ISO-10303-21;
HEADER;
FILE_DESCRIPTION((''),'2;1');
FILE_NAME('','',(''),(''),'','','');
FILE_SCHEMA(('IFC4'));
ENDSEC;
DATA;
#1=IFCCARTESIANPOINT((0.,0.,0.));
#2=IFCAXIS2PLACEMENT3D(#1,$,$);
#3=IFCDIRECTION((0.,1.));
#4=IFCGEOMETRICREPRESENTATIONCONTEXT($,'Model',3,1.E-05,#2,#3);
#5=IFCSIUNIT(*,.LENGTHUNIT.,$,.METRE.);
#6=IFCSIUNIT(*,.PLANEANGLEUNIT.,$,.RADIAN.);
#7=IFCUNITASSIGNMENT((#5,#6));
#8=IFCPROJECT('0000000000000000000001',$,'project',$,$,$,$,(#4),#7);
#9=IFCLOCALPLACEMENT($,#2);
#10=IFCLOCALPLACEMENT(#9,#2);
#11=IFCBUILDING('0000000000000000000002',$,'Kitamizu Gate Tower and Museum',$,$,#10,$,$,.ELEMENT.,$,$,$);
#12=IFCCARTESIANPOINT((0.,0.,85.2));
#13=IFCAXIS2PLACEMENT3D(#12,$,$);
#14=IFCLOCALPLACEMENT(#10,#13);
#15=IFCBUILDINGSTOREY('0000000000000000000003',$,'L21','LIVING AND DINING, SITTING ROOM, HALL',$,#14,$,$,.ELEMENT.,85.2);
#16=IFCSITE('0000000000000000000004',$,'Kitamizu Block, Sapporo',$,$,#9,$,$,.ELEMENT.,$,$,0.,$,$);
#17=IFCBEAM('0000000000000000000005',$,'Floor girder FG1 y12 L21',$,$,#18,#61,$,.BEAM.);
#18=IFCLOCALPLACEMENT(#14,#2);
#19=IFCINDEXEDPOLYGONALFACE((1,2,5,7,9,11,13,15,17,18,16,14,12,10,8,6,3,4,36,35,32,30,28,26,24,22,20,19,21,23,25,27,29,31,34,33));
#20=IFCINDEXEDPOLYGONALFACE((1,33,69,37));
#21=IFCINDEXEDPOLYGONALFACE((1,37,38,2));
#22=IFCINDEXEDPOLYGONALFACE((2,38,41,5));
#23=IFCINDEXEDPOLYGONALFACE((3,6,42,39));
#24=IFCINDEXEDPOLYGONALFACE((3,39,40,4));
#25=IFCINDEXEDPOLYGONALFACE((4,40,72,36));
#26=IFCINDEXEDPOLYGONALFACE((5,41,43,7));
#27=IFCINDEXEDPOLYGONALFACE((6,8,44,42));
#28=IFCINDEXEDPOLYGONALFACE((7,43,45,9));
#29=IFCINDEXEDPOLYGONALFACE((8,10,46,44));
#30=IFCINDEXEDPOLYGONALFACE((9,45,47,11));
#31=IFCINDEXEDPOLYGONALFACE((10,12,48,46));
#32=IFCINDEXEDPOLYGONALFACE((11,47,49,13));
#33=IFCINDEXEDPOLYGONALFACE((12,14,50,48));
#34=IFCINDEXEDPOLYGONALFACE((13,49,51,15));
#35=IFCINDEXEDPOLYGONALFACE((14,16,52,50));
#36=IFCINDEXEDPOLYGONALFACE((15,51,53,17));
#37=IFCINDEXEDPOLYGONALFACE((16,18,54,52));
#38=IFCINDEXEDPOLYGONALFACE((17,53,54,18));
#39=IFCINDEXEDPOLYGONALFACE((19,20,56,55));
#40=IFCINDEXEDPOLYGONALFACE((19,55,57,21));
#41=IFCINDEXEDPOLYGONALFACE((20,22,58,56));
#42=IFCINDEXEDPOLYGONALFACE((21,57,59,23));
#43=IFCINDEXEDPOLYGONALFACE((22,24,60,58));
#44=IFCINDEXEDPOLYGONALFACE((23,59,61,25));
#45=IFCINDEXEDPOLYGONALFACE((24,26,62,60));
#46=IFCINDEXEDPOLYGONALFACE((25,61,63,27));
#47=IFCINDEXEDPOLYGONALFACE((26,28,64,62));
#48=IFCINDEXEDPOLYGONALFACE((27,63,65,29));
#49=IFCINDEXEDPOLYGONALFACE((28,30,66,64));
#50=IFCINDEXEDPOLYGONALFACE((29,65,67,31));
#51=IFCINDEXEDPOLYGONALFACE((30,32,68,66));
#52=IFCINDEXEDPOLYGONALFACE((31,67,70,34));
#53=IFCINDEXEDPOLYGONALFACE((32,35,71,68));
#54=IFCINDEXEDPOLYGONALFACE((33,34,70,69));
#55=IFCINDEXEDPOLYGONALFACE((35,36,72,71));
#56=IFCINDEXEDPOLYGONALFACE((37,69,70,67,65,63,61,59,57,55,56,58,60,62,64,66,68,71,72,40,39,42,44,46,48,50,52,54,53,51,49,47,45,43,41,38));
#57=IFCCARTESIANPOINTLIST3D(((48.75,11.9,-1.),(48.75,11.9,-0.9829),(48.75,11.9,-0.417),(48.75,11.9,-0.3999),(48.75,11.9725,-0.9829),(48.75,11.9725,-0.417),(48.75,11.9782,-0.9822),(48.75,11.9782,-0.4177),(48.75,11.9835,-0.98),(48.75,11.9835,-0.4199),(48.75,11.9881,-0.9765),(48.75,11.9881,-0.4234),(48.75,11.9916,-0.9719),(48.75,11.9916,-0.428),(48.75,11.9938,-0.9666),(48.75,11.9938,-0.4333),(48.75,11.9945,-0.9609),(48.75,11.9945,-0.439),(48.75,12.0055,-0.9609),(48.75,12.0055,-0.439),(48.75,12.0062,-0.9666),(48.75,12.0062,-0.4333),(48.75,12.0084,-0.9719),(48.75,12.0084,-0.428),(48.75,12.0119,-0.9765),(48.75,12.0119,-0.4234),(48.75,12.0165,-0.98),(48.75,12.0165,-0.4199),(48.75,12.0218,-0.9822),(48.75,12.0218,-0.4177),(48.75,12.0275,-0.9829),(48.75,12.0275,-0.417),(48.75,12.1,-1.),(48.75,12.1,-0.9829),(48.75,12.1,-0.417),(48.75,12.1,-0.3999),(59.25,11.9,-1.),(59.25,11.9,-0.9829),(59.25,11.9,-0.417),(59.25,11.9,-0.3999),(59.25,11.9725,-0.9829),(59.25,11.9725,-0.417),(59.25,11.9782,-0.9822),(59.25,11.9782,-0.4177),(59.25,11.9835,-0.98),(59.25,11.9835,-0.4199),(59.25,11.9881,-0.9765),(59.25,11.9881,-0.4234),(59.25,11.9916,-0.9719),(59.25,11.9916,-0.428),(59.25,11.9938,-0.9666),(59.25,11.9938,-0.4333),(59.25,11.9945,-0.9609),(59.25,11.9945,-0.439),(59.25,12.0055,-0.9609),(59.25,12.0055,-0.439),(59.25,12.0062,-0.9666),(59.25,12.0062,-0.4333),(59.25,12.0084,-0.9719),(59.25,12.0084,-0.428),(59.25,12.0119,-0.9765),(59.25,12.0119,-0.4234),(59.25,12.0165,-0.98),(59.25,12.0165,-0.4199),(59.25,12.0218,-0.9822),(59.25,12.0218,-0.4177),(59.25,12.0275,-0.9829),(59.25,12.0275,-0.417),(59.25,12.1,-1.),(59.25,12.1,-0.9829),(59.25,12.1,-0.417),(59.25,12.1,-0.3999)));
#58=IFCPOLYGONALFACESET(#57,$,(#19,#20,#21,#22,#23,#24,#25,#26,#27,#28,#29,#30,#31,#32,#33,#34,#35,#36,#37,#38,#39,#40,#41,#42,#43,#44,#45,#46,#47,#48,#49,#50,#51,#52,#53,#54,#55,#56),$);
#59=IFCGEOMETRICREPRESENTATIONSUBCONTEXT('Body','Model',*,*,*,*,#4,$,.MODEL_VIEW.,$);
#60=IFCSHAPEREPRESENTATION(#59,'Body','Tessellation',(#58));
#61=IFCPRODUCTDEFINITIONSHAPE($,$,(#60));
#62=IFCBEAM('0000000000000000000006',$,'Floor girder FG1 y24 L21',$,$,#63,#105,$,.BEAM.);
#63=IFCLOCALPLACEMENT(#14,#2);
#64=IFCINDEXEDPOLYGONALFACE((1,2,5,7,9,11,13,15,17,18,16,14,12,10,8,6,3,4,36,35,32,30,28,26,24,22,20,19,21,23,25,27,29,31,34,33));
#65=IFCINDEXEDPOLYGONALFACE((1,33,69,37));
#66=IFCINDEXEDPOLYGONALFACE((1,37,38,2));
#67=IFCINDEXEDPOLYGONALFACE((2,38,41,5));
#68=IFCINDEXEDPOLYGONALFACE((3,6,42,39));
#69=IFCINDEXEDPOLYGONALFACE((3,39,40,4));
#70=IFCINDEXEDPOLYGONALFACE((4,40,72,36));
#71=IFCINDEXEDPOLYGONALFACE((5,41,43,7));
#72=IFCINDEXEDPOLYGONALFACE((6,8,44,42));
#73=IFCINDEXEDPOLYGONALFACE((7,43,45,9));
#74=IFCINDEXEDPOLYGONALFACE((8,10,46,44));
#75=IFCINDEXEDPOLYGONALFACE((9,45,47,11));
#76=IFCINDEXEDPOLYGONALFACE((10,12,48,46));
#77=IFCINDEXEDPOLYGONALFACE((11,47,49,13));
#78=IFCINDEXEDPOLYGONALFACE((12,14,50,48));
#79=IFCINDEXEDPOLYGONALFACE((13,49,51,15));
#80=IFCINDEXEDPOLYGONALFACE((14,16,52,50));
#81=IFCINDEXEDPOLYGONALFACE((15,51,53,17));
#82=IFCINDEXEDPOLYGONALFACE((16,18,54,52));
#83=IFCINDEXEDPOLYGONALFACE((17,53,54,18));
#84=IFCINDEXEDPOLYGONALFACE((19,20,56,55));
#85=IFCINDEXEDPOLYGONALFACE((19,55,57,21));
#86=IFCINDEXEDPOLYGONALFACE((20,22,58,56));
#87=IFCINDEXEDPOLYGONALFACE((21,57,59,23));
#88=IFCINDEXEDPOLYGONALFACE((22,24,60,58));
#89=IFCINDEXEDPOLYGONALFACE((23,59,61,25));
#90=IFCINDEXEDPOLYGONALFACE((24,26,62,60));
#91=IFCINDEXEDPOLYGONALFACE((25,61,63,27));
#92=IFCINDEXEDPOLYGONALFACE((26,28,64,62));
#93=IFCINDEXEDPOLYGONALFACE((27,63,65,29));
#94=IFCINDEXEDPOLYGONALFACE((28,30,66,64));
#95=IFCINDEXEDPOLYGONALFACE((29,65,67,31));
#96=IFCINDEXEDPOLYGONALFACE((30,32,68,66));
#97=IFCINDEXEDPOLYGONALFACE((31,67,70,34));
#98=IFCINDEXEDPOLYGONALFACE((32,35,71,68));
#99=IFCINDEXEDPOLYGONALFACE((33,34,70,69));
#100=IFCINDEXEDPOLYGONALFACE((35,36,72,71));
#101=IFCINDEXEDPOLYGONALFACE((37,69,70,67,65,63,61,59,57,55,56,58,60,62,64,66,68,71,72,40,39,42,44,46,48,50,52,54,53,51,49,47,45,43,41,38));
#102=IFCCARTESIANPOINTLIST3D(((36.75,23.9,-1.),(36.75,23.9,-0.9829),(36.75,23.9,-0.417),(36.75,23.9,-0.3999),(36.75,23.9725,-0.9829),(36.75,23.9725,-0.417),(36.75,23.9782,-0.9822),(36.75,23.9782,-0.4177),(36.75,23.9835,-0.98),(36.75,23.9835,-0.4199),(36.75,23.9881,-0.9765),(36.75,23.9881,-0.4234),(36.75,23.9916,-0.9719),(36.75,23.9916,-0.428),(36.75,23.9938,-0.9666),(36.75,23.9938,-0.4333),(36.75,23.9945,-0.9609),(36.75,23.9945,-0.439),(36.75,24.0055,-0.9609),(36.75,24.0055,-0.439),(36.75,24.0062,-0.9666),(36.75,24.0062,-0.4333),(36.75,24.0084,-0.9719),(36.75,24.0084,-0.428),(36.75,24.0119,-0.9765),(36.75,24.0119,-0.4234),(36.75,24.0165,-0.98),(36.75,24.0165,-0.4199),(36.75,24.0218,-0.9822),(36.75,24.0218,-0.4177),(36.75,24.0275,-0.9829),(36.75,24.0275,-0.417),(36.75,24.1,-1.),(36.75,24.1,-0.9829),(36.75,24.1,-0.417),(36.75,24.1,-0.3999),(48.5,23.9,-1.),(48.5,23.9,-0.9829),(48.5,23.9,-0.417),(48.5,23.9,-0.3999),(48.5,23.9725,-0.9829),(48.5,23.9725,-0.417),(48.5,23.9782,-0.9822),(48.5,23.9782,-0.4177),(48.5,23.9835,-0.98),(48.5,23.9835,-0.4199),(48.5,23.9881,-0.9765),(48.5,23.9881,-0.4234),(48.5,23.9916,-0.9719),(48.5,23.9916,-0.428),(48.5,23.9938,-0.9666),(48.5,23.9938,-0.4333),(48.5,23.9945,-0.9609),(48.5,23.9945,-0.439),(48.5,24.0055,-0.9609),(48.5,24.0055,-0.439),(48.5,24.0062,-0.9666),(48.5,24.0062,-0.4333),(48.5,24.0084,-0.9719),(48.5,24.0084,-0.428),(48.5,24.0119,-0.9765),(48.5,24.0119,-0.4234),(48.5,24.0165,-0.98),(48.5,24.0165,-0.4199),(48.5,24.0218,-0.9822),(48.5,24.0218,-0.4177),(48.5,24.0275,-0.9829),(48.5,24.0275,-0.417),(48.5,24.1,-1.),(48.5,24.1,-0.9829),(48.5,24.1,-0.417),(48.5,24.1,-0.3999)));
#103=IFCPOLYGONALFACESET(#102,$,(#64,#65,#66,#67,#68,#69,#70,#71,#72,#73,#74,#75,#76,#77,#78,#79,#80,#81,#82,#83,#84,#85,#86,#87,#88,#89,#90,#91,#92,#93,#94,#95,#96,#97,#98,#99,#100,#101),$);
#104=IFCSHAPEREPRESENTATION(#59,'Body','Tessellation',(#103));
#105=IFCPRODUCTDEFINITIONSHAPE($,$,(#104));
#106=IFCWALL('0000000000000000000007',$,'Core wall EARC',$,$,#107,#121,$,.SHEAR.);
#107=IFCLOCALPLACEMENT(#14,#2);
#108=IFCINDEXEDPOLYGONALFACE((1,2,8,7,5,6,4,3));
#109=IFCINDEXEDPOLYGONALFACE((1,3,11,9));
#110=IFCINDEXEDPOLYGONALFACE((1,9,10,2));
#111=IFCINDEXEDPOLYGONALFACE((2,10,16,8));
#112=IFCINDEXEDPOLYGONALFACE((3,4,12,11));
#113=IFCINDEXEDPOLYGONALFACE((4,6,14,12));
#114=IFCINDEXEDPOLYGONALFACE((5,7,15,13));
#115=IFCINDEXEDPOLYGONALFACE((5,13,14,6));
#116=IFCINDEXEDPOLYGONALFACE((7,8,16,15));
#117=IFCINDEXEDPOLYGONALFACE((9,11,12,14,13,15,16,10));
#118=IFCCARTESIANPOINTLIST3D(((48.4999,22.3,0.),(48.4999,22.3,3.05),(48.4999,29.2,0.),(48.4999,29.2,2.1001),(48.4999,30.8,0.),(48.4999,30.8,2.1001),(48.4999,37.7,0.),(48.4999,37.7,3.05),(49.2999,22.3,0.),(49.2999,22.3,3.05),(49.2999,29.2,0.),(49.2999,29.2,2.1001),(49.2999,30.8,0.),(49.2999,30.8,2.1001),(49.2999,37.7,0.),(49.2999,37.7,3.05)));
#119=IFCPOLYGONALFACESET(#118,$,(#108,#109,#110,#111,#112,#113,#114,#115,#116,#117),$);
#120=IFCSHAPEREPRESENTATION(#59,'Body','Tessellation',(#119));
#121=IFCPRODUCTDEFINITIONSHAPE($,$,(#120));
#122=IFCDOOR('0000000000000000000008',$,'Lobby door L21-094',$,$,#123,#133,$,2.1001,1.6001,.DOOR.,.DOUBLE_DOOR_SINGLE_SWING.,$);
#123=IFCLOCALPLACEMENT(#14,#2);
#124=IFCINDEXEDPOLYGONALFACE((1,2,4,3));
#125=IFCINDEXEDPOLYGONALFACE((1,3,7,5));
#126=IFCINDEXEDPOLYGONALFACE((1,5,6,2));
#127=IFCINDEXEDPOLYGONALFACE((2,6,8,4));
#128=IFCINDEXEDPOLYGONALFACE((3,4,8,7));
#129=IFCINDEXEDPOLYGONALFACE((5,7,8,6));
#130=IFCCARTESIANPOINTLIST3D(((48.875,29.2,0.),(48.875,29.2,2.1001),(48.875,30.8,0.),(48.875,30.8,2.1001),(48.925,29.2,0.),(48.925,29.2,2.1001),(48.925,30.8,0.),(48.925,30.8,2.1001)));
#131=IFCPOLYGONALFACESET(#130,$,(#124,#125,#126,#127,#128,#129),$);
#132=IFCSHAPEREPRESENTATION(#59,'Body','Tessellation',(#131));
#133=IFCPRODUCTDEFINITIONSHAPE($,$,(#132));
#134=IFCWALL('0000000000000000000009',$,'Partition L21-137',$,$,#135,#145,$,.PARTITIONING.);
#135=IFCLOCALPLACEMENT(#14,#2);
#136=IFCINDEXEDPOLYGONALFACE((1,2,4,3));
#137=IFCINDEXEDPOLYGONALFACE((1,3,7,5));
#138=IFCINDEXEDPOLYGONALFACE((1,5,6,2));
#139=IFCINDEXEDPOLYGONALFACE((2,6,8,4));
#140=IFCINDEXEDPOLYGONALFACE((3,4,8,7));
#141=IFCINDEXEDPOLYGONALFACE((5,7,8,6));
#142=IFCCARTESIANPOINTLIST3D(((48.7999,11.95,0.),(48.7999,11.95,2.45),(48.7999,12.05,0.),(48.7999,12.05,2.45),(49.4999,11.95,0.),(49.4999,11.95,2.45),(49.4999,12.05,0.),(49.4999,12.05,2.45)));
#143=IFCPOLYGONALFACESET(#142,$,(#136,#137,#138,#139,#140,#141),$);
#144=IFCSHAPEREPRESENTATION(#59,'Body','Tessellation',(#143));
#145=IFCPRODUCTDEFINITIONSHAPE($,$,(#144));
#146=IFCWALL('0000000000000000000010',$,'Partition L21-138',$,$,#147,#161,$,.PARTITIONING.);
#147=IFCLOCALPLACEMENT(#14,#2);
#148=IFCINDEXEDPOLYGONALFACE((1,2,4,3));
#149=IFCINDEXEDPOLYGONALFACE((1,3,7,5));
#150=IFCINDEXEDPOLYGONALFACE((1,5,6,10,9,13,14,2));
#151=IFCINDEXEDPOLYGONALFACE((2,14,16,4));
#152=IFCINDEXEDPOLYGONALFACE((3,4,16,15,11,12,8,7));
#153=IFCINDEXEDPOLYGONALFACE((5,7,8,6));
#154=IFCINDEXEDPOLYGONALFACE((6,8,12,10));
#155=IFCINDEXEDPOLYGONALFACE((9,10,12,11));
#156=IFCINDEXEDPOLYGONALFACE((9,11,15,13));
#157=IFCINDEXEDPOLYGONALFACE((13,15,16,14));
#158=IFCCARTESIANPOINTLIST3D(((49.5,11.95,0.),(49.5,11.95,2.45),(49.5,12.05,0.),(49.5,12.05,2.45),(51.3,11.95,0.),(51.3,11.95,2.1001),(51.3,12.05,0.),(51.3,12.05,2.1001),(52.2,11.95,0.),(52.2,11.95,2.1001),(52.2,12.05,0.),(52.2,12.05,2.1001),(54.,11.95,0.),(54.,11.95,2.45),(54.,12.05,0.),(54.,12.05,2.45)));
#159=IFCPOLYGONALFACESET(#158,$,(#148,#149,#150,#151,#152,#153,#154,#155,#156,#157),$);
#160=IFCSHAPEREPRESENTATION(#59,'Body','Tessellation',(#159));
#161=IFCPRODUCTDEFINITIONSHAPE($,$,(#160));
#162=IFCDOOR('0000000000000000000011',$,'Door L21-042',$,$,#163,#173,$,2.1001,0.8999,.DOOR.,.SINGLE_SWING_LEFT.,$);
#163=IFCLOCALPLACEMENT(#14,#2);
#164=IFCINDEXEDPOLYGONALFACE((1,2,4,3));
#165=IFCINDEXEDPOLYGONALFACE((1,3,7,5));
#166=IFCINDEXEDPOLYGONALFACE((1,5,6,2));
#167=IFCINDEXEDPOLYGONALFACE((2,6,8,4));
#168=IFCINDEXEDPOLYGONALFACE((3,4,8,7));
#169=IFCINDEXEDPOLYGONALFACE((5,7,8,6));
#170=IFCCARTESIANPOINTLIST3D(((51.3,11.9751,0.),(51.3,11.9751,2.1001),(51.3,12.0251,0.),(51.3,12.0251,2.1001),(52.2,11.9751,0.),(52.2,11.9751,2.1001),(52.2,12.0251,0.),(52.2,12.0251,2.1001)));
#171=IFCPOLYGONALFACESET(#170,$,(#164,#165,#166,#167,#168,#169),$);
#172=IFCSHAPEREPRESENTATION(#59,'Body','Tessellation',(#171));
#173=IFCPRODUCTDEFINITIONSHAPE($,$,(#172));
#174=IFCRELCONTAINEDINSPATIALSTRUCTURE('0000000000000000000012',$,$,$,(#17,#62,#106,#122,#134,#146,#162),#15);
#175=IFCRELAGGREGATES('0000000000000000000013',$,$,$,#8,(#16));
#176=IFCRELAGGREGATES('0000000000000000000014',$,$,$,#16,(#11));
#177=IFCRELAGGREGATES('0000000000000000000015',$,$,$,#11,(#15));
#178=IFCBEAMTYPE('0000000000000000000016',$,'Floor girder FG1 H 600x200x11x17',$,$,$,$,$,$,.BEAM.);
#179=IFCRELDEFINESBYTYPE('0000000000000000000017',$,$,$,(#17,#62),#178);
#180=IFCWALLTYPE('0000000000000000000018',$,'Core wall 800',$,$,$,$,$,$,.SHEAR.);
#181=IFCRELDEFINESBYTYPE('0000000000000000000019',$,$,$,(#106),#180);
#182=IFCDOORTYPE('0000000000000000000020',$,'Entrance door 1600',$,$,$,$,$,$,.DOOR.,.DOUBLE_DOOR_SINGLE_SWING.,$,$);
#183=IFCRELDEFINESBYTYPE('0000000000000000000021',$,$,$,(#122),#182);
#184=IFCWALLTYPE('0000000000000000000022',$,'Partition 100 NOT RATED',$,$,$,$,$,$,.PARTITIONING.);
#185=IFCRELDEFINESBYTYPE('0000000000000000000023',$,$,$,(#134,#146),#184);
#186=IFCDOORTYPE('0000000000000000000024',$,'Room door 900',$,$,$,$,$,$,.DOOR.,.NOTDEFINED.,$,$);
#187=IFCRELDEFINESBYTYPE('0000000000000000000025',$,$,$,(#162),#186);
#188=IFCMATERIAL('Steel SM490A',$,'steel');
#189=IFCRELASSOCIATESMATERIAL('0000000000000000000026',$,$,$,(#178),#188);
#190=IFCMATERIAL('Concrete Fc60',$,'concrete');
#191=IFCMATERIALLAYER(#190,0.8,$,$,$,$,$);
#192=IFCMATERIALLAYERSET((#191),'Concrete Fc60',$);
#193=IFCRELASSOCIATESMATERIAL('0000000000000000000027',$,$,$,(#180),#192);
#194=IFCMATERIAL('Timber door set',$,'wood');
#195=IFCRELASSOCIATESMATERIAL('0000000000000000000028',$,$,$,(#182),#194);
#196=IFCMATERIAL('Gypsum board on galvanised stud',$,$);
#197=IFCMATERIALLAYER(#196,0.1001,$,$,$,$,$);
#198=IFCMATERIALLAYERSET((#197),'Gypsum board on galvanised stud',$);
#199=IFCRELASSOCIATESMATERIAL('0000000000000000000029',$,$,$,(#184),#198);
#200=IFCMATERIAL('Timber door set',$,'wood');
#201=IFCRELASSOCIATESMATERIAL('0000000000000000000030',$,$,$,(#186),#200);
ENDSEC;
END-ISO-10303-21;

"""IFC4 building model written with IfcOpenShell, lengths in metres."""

from ifc_helpers import new_model, si_unit, direction, frame, frame_2d, origin, origin_2d, place, context, subcontext, project, spatial, rectangle, i_section, extrude, material, layer, layer_set, material_profile, profile_set, type_object, element, fill, save


model = new_model("IFC4")

# Units and contexts
model_context = context("Model", 3, precision=1e-05, world=origin(), true_north=direction((0.0, 1.0)))
body_context = subcontext(model_context, "Body", "Model", "MODEL_VIEW")
ifc_project = project(units=[si_unit("LENGTHUNIT", "METRE"), si_unit("PLANEANGLEUNIT", "RADIAN")], contexts=[model_context])

# Site, building, storey
site_placement = place(None, origin())
site = spatial("IfcSite", under=ifc_project, at=site_placement, Name="Kitamizu Block, Sapporo", CompositionType="ELEMENT", RefElevation=0.0)
building_placement = place(site_placement, origin())
building = spatial("IfcBuilding", under=site, at=building_placement, Name="Kitamizu Gate Tower and Museum", CompositionType="ELEMENT")
storey_placement = place(building_placement, frame((0.0, 0.0, 85.2)))
storey = spatial("IfcBuildingStorey", under=building, at=storey_placement, Name="L21", Description="LIVING AND DINING, SITTING ROOM, HALL", CompositionType="ELEMENT", Elevation=85.2)

# Beams
ifc_material_1 = material(Name="Steel SM490A", Category="steel")
ifc_material_profile_1 = material_profile(ifc_material_1, i_section(OverallWidth=0.2, OverallDepth=0.6001, WebThickness=0.011, FlangeThickness=0.0171, FilletRadius=0.022, at=origin_2d()), Name="H-600x200x11x17")
ifc_profile_set_1 = profile_set([ifc_material_profile_1], Name="Steel SM490A")
beam_type_1 = type_object("IfcBeamType", Name="Floor girder FG1 H 600x200x11x17", PredefinedType="BEAM", material=ifc_profile_set_1)
for number, where, z_axis, x_axis, name in (
    (1, (48.75, 12.0, -0.7), (1.0, 0.0, 0.0), (0.0, 1.0, 0.0), "Floor girder FG1 y12 L21"),
):
    element("IfcBeam", number, at=place(storey_placement, frame(where, z_axis=z_axis, x_axis=x_axis)), inside=storey, type_object=beam_type_1, Name=name, PredefinedType="BEAM", context=body_context, shape_type="SweptSolid", body=[
        extrude(i_section(OverallWidth=0.2, OverallDepth=0.6001, WebThickness=0.011, FlangeThickness=0.0171, FilletRadius=0.022, at=origin_2d()), origin(), (0.0, 0.0, 1.0), 10.5),
    ])
beam_placement = place(storey_placement, frame((36.75, 24.0, -0.7), z_axis=(1.0, 0.0, 0.0), x_axis=(0.0, 1.0, 0.0)))
element("IfcBeam", 2, at=beam_placement, inside=storey, type_object=beam_type_1, Name="Floor girder FG1 y24 L21", PredefinedType="BEAM", context=body_context, shape_type="SweptSolid", body=[
    extrude(i_section(OverallWidth=0.2, OverallDepth=0.6001, WebThickness=0.011, FlangeThickness=0.0171, FilletRadius=0.022, at=origin_2d()), origin(), (0.0, 0.0, 1.0), 11.75),
])

# Wall, opening, door
ifc_material_2 = material(Name="Concrete Fc60", Category="concrete")
ifc_layer_1 = layer(ifc_material_2, 0.8)
ifc_layer_set_1 = layer_set([ifc_layer_1], Name="Concrete Fc60")
wall_type_1 = type_object("IfcWallType", Name="Core wall 800", PredefinedType="SHEAR", material=ifc_layer_set_1)
wall_1_placement = place(storey_placement, frame((48.8999, 22.3, 0.0), z_axis=(0.0, 0.0, 1.0), x_axis=(0.0, 1.0, 0.0)))
wall_1 = element("IfcWall", 3, at=wall_1_placement, inside=storey, type_object=wall_type_1, Name="Core wall EARC", PredefinedType="SHEAR", context=body_context, shape_type="SweptSolid", body=[
    extrude(rectangle(XDim=15.3999, YDim=0.8, at=frame_2d((7.7, 0.0))), origin(), (0.0, 0.0, 1.0), 3.05),
])
opening_1_placement = place(wall_1_placement, frame((6.8999, 0.0, 0.0)))
opening_1 = element("IfcOpeningElement", 4, at=opening_1_placement, cuts=wall_1, PredefinedType="OPENING", context=body_context, shape_type="SweptSolid", body=[
    extrude(rectangle(XDim=1.6001, YDim=2.1001, at=frame_2d((0.8, 1.05))), frame((0.0, 0.4102, 0.0), z_axis=(0.0, -1.0, 0.0), x_axis=(1.0, 0.0, 0.0)), (0.0, 0.0, 1.0), 0.8201),
])
ifc_material_3 = material(Name="Timber door set", Category="wood")
door_type_1 = type_object("IfcDoorType", Name="Entrance door 1600", OperationType="DOUBLE_DOOR_SINGLE_SWING", PredefinedType="DOOR", material=ifc_material_3)
door_1_placement = place(opening_1_placement, origin())
door_1 = element("IfcDoor", 5, at=door_1_placement, inside=storey, type_object=door_type_1, Name="Lobby door L21-094", OperationType="DOUBLE_DOOR_SINGLE_SWING", OverallHeight=2.1001, OverallWidth=1.6001, PredefinedType="DOOR", context=body_context, shape_type="SweptSolid", body=[
    extrude(rectangle(XDim=1.6001, YDim=2.1001, at=frame_2d((0.8, 1.05))), frame((0.0, 0.0249, 0.0), z_axis=(0.0, -1.0, 0.0), x_axis=(1.0, 0.0, 0.0)), (0.0, 0.0, 1.0), 0.05),
])
fill(opening_1, door_1)

# Wall
ifc_material_4 = material(Name="Gypsum board on galvanised stud")
ifc_layer_2 = layer(ifc_material_4, 0.1001)
ifc_layer_set_2 = layer_set([ifc_layer_2], Name="Gypsum board on galvanised stud")
wall_type_2 = type_object("IfcWallType", Name="Partition 100 NOT RATED", PredefinedType="PARTITIONING", material=ifc_layer_set_2)
wall_2_placement = place(storey_placement, frame((49.5, 12.0, 0.0), z_axis=(0.0, 0.0, 1.0), x_axis=(-1.0, 0.0, 0.0)))
element("IfcWall", 6, at=wall_2_placement, inside=storey, type_object=wall_type_2, Name="Partition L21-137", PredefinedType="PARTITIONING", context=body_context, shape_type="SweptSolid", body=[
    extrude(rectangle(XDim=0.7, YDim=0.1001, at=frame_2d((0.3501, 0.0))), origin(), (0.0, 0.0, 1.0), 2.45),
])

# Wall, opening, door
wall_3_placement = place(storey_placement, frame((54.0, 12.0, 0.0), z_axis=(0.0, 0.0, 1.0), x_axis=(-1.0, 0.0, 0.0)))
wall_3 = element("IfcWall", 7, at=wall_3_placement, inside=storey, type_object=wall_type_2, Name="Partition L21-138", PredefinedType="PARTITIONING", context=body_context, shape_type="SweptSolid", body=[
    extrude(rectangle(XDim=4.5, YDim=0.1001, at=frame_2d((2.25, 0.0))), origin(), (0.0, 0.0, 1.0), 2.45),
])
opening_2_placement = place(wall_3_placement, frame((1.8, 0.0, 0.0)))
opening_2 = element("IfcOpeningElement", 8, at=opening_2_placement, cuts=wall_3, PredefinedType="OPENING", context=body_context, shape_type="SweptSolid", body=[
    extrude(rectangle(XDim=0.8999, YDim=2.1001, at=frame_2d((0.45, 1.05))), frame((0.0, 0.0601, 0.0), z_axis=(0.0, -1.0, 0.0), x_axis=(1.0, 0.0, 0.0)), (0.0, 0.0, 1.0), 0.1201),
])
ifc_material_5 = material(Name="Timber door set", Category="wood")
door_type_2 = type_object("IfcDoorType", Name="Room door 900", OperationType="NOTDEFINED", PredefinedType="DOOR", material=ifc_material_5)
door_2_placement = place(opening_2_placement, origin())
door_2 = element("IfcDoor", 9, at=door_2_placement, inside=storey, type_object=door_type_2, Name="Door L21-042", OperationType="SINGLE_SWING_LEFT", OverallHeight=2.1001, OverallWidth=0.8999, PredefinedType="DOOR", context=body_context, shape_type="SweptSolid", body=[
    extrude(rectangle(XDim=0.8999, YDim=2.1001, at=frame_2d((0.45, 1.05))), frame((0.0, 0.0249, 0.0), z_axis=(0.0, -1.0, 0.0), x_axis=(1.0, 0.0, 0.0)), (0.0, 0.0, 1.0), 0.05),
])
fill(opening_2, door_2)

save(model, "model.ifc")
